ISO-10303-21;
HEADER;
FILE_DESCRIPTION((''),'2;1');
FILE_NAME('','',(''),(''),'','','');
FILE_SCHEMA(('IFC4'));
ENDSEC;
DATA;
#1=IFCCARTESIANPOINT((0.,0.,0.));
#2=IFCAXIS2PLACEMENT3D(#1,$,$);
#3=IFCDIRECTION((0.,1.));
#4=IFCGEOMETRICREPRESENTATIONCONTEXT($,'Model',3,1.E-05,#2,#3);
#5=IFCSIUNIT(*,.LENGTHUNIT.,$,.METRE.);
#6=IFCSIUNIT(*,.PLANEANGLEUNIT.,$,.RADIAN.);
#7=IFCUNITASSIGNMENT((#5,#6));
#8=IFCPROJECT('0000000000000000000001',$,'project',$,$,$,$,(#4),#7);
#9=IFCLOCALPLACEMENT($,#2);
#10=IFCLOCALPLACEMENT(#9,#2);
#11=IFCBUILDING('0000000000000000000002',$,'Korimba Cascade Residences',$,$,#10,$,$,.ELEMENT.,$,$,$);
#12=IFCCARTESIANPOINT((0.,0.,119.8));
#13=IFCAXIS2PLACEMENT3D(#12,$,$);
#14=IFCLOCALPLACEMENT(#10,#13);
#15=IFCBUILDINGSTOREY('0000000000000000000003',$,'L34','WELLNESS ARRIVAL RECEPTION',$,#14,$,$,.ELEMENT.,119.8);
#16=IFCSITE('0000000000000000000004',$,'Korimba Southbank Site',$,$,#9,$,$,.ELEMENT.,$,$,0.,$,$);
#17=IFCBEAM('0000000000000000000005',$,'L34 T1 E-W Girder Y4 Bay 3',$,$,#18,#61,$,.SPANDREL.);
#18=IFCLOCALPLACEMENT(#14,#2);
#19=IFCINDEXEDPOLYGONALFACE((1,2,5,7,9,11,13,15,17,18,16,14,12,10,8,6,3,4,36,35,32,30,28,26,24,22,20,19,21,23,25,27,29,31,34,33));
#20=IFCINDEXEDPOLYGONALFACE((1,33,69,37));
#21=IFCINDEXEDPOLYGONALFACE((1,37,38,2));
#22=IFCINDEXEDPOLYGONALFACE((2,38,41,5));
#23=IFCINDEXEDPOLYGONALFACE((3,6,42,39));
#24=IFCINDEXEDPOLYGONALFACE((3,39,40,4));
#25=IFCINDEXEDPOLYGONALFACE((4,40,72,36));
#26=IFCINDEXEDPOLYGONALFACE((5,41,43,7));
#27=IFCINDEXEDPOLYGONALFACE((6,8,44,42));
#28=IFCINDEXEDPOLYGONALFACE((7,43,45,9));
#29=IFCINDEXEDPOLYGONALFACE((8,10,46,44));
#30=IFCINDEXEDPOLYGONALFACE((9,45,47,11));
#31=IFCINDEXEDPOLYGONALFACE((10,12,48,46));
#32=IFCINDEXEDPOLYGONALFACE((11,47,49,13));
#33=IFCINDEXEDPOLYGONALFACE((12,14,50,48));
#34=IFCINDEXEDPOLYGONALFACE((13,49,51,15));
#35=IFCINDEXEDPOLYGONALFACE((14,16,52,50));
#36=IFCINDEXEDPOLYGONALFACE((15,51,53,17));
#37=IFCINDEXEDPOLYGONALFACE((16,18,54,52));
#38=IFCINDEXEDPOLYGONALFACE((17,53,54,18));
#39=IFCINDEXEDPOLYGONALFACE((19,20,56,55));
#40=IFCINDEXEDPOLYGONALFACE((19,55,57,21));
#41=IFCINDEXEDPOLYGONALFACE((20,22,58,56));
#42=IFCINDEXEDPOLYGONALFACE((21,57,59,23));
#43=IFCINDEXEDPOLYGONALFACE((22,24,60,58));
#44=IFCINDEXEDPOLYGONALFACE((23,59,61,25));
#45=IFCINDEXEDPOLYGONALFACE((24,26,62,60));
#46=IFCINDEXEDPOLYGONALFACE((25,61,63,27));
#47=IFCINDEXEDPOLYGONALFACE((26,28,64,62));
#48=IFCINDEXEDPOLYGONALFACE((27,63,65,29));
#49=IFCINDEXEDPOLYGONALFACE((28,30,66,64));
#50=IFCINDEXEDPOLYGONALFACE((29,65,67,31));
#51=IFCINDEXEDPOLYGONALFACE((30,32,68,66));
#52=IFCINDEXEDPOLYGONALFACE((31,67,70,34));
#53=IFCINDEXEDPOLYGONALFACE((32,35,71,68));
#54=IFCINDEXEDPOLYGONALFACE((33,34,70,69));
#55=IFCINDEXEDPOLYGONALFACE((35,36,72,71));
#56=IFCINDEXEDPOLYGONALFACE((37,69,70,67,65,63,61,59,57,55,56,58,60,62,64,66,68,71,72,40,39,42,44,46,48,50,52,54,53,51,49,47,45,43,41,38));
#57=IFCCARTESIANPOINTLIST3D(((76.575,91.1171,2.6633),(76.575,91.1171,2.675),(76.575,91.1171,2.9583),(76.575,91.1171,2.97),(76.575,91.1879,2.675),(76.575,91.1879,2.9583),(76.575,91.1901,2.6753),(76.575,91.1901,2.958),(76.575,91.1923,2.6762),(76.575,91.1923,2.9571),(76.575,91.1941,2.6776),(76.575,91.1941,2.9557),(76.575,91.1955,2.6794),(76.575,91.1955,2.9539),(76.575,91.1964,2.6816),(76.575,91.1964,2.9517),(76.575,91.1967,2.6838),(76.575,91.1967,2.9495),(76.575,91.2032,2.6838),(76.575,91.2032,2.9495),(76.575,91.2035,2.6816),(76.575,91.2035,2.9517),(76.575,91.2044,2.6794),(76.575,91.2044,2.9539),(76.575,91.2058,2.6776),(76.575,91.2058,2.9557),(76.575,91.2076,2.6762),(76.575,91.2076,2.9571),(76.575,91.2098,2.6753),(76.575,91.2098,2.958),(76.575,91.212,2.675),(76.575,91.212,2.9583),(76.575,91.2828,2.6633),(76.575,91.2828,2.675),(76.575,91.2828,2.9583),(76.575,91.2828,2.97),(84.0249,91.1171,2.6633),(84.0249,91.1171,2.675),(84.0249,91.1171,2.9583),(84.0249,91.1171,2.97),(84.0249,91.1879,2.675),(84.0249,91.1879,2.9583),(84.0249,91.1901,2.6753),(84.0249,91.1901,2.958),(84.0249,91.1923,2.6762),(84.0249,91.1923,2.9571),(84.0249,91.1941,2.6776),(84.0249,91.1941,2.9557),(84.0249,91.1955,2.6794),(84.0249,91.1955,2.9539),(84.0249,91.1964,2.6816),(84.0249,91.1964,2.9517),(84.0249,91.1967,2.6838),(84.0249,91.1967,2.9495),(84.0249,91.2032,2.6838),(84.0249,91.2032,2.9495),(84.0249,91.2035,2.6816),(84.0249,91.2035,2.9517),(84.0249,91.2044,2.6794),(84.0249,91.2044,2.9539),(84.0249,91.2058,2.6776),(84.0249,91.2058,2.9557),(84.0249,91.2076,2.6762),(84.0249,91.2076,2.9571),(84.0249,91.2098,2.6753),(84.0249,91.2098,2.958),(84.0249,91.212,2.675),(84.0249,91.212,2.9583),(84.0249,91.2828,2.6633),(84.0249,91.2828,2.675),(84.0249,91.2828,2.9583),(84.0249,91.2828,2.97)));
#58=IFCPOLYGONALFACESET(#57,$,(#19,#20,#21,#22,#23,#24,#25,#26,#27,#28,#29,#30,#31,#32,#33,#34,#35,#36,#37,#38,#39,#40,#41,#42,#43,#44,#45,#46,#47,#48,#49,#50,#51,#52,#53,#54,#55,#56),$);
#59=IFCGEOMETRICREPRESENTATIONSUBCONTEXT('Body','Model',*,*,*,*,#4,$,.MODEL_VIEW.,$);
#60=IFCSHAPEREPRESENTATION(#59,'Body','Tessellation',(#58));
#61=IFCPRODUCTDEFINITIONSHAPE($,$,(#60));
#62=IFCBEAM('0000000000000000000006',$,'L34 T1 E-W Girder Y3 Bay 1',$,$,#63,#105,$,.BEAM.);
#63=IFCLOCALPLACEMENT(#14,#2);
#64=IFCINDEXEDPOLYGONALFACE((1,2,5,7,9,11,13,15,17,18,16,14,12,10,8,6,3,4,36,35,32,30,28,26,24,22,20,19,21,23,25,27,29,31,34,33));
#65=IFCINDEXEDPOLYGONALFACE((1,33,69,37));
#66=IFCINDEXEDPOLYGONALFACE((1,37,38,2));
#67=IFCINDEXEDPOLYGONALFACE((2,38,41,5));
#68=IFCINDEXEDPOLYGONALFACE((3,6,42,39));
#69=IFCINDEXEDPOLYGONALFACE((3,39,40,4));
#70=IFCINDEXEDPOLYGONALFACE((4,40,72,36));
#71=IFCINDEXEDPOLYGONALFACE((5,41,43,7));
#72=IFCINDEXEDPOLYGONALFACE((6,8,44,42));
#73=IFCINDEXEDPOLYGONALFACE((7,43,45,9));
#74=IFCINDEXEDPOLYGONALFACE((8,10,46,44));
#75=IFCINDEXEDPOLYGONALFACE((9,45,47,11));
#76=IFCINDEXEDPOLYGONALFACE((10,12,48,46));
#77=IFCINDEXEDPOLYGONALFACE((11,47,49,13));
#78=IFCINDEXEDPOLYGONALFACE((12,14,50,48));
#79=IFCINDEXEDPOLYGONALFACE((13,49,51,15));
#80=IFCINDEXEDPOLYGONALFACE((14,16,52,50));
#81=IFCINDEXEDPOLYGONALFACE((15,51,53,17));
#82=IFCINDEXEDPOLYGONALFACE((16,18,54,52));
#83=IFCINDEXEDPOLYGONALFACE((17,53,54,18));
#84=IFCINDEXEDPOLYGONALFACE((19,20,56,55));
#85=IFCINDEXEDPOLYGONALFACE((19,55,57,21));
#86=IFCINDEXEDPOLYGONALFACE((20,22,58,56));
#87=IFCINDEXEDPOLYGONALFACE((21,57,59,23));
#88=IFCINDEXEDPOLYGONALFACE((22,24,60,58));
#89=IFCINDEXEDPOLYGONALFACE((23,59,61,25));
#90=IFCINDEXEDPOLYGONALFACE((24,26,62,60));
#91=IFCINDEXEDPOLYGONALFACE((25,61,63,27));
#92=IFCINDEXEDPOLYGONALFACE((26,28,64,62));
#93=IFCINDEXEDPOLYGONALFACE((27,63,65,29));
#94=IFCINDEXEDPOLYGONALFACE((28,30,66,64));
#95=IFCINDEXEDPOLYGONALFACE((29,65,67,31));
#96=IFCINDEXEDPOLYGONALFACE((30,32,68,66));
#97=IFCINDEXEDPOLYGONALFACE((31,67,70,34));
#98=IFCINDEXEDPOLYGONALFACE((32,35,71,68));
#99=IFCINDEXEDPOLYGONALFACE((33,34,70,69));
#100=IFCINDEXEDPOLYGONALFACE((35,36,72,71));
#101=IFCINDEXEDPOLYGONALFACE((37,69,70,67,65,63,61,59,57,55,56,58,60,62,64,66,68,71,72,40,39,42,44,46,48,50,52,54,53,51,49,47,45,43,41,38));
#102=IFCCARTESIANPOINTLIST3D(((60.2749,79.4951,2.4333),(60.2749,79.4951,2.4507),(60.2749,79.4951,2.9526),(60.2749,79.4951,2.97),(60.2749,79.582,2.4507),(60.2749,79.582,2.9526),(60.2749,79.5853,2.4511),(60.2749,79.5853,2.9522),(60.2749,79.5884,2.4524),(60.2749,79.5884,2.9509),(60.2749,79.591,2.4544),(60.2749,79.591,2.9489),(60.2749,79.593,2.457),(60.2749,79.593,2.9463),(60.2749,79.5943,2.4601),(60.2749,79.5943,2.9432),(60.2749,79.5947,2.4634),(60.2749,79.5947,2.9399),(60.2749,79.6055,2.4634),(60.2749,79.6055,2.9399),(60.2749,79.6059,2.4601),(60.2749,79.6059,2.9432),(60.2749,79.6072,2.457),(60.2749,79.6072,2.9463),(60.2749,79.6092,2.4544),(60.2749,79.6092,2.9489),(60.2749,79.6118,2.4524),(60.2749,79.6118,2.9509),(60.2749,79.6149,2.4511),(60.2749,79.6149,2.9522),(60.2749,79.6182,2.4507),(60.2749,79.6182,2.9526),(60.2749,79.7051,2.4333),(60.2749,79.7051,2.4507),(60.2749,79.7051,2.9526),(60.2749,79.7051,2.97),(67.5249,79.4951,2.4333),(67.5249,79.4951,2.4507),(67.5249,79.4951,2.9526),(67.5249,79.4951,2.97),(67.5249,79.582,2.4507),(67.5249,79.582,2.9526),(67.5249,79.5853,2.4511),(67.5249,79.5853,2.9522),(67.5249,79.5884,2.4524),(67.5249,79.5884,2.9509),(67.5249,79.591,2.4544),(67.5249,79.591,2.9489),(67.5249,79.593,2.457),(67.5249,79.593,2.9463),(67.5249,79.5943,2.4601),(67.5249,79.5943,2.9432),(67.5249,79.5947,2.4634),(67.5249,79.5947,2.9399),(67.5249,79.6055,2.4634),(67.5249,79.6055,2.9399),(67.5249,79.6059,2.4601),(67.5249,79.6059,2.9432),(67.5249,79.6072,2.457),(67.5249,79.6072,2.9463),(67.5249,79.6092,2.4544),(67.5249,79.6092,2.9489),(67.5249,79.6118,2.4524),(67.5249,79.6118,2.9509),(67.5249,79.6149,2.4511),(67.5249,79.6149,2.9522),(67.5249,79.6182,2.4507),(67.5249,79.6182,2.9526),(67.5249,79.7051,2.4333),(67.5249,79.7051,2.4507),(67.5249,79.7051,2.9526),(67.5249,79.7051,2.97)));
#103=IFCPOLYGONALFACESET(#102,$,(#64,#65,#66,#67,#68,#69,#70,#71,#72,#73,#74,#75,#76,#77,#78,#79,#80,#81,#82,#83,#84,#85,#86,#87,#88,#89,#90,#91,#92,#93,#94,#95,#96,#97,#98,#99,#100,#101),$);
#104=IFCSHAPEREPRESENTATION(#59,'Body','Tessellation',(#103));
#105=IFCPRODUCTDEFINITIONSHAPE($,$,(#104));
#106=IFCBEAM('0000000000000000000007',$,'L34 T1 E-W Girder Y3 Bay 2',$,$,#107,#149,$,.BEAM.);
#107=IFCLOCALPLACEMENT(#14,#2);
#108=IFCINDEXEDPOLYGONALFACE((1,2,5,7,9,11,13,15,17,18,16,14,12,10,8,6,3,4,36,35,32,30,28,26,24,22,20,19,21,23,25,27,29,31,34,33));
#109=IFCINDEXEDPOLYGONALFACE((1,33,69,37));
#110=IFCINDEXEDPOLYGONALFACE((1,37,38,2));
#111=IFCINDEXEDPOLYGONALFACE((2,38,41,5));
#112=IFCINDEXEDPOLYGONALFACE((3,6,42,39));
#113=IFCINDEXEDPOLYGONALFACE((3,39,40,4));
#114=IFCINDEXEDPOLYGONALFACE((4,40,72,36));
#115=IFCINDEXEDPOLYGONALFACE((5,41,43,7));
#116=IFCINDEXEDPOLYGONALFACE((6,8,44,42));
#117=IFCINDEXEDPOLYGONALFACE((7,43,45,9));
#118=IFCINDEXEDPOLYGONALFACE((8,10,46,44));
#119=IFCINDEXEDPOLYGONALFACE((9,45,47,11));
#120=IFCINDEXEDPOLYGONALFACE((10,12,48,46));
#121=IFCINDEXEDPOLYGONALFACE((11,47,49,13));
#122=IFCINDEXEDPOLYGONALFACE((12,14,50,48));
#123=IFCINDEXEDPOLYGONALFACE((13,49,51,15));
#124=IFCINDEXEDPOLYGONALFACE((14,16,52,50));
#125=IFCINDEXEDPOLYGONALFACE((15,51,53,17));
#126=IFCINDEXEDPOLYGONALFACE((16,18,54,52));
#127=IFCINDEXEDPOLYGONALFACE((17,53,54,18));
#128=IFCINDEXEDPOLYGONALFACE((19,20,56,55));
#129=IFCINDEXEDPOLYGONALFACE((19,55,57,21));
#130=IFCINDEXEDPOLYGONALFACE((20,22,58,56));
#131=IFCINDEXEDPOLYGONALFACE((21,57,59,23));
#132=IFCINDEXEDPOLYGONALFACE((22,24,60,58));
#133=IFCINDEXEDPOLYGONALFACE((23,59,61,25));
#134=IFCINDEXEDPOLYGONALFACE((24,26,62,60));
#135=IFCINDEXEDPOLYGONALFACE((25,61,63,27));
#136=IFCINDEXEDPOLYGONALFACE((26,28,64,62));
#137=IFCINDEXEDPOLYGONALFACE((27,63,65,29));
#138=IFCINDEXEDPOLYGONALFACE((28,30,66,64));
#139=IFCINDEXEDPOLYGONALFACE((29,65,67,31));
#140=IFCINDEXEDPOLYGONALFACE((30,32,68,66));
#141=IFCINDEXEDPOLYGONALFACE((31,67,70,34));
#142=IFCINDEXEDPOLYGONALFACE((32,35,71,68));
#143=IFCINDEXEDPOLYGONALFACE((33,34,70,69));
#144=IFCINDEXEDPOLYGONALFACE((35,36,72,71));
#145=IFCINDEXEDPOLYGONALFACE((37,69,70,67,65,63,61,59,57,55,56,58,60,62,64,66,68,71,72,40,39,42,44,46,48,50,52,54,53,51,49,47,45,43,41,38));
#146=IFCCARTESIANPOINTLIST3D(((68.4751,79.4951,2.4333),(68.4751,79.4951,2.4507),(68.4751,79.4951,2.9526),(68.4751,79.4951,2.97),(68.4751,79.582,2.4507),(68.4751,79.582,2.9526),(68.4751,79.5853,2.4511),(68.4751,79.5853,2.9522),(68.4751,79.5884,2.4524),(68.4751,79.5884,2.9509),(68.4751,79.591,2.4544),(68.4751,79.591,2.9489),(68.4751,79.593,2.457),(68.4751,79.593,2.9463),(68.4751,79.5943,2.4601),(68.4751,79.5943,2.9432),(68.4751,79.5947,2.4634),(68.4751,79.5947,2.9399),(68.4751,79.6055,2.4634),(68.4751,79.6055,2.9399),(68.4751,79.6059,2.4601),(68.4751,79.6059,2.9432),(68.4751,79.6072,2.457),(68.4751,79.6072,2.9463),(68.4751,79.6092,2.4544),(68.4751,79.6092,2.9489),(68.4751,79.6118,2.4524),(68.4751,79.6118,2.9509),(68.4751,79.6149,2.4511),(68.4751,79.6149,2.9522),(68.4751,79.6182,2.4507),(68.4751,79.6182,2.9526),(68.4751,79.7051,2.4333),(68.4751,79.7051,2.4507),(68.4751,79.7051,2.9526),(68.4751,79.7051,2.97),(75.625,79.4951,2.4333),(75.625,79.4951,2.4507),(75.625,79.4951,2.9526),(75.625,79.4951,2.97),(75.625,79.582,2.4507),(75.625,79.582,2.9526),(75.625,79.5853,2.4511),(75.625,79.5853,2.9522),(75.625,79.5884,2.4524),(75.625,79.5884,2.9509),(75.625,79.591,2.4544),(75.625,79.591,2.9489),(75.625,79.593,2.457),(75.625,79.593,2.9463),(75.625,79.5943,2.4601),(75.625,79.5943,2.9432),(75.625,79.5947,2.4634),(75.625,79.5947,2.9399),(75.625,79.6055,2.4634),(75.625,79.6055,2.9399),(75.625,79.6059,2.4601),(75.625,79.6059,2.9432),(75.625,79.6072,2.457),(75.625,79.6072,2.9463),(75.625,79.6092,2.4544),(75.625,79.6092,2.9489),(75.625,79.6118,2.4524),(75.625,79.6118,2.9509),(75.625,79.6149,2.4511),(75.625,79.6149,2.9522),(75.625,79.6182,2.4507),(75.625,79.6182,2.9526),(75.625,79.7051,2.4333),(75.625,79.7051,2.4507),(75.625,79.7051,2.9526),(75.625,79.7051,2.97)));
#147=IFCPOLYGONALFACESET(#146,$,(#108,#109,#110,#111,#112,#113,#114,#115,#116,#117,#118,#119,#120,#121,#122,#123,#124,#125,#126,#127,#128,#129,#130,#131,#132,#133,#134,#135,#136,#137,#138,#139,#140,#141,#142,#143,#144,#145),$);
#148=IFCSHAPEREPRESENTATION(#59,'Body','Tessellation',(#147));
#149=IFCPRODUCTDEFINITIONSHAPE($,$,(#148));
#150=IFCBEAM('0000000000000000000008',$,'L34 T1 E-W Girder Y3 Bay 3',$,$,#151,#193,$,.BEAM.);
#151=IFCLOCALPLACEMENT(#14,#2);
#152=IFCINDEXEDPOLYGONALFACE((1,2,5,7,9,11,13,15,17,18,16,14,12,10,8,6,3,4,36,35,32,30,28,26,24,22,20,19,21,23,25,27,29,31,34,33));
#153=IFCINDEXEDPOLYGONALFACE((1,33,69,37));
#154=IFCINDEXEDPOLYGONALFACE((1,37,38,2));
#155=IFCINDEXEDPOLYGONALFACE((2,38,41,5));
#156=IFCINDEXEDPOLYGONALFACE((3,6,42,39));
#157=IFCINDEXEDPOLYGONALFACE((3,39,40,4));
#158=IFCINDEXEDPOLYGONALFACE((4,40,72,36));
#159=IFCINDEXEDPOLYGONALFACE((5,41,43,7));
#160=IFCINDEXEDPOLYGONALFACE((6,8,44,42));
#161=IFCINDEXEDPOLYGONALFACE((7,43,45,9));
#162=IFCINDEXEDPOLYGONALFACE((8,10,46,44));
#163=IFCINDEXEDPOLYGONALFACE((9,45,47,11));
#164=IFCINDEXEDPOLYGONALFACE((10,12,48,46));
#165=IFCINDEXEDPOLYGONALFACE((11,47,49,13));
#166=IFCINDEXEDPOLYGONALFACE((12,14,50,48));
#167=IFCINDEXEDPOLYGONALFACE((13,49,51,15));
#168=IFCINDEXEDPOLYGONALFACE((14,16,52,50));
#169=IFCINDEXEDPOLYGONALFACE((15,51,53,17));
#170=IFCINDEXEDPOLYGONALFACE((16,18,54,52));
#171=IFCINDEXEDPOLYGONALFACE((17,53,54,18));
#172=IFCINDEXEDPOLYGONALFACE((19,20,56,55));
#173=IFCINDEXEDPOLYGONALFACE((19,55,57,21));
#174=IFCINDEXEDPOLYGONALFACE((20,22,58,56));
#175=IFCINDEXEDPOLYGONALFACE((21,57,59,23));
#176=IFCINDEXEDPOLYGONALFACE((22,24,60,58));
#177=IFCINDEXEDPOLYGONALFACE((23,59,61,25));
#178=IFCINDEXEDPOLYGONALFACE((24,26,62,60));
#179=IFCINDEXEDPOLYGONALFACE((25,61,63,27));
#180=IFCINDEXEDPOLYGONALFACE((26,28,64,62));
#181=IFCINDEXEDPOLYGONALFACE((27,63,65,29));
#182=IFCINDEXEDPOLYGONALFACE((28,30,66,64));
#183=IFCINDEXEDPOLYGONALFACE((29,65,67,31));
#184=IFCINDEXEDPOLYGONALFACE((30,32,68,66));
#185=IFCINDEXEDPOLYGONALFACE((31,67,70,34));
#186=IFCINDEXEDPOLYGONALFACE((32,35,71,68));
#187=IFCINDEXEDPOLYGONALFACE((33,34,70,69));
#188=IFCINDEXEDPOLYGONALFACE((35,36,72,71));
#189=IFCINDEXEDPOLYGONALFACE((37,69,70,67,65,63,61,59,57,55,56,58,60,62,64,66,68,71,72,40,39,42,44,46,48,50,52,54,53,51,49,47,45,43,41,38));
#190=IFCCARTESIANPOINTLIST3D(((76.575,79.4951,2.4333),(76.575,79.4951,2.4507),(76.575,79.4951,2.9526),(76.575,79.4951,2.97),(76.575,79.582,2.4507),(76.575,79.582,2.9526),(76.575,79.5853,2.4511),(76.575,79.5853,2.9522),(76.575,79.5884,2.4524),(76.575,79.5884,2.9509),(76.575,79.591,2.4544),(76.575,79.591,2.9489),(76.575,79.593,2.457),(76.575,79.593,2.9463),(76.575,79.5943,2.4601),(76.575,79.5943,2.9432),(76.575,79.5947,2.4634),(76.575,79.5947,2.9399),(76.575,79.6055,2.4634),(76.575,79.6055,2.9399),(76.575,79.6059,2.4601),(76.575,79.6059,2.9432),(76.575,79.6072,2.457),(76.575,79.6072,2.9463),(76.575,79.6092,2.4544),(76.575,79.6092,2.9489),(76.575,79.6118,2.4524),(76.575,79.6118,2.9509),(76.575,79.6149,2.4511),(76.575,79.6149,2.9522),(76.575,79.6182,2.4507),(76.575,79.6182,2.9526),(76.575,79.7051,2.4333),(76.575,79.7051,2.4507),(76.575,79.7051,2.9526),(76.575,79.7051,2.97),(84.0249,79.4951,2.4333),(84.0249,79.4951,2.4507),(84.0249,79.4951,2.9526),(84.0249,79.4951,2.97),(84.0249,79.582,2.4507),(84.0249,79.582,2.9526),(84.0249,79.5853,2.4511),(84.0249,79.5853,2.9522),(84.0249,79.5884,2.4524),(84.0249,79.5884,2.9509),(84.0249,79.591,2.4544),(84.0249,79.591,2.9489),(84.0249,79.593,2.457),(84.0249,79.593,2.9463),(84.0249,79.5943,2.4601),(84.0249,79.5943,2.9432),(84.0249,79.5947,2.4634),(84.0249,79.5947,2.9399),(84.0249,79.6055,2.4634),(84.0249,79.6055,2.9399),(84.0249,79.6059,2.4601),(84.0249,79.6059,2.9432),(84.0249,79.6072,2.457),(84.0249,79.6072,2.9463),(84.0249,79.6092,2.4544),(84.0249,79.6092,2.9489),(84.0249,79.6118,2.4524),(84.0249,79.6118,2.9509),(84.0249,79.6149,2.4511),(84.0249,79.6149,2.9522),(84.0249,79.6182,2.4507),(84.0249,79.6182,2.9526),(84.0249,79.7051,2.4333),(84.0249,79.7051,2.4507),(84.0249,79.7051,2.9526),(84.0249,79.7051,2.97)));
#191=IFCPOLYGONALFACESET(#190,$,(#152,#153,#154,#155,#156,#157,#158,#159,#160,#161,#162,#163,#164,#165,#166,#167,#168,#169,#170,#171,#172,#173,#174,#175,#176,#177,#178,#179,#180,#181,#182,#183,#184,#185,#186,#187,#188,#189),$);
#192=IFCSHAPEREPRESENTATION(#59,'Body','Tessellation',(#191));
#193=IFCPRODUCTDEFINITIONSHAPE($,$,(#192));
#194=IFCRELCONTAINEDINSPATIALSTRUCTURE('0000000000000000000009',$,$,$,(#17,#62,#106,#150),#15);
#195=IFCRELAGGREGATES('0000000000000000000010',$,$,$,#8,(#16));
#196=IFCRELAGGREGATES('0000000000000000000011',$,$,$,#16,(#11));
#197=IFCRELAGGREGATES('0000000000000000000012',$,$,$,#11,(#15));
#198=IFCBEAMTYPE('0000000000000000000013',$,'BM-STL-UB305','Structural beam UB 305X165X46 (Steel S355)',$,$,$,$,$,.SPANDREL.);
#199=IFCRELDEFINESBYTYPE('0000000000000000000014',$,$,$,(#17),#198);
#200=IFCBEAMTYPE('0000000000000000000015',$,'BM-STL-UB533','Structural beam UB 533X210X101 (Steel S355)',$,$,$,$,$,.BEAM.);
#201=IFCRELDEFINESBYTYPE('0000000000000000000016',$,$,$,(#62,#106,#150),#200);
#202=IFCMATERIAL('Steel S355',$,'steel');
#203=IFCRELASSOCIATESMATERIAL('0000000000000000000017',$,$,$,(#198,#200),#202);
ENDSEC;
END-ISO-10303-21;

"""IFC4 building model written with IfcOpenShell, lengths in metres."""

from ifc_helpers import new_model, si_unit, direction, frame, origin, origin_2d, place, context, subcontext, project, spatial, i_section, extrude, material, material_profile, profile_set, type_object, element, save


model = new_model("IFC4")

# Units and contexts
model_context = context("Model", 3, precision=1e-05, world=origin(), true_north=direction((0.0, 1.0)))
body_context = subcontext(model_context, "Body", "Model", "MODEL_VIEW")
ifc_project = project(units=[si_unit("LENGTHUNIT", "METRE"), si_unit("PLANEANGLEUNIT", "RADIAN")], contexts=[model_context])

# Site, building, storey
site_placement = place(None, origin())
site = spatial("IfcSite", under=ifc_project, at=site_placement, Name="Korimba Southbank Site", CompositionType="ELEMENT", RefElevation=0.0)
building_placement = place(site_placement, origin())
building = spatial("IfcBuilding", under=site, at=building_placement, Name="Korimba Cascade Residences", CompositionType="ELEMENT")
storey_placement = place(building_placement, frame((0.0, 0.0, 119.8)))
storey = spatial("IfcBuildingStorey", under=building, at=storey_placement, Name="L34", Description="WELLNESS ARRIVAL RECEPTION", CompositionType="ELEMENT", Elevation=119.8)

# Beams
ifc_material_1 = material(Name="Steel S355", Category="steel")
ifc_material_profile_1 = material_profile(ifc_material_1, i_section(OverallWidth=0.1658, OverallDepth=0.3066, WebThickness=0.0066, FlangeThickness=0.0117, FilletRadius=0.0088, at=origin_2d()), Name="Steel S355")
ifc_profile_set_1 = profile_set([ifc_material_profile_1], Name="Steel S355")
beam_type_1 = type_object("IfcBeamType", Name="BM-STL-UB305", Description="Structural beam UB 305X165X46 (Steel S355)", PredefinedType="SPANDREL", material=ifc_profile_set_1)
beam_1_placement = place(storey_placement, frame((76.575, 91.2, 2.8167), z_axis=(1.0, 0.0, 0.0), x_axis=(0.0, 1.0, 0.0)))
element("IfcBeam", 1, at=beam_1_placement, inside=storey, type_object=beam_type_1, Name="L34 T1 E-W Girder Y4 Bay 3", PredefinedType="SPANDREL", context=body_context, shape_type="SweptSolid", body=[
    extrude(i_section(OverallWidth=0.1658, OverallDepth=0.3066, WebThickness=0.0066, FlangeThickness=0.0117, FilletRadius=0.0088, at=origin_2d()), origin(), (0.0, 0.0, 1.0), 7.45),
])
ifc_material_profile_2 = material_profile(ifc_material_1, i_section(OverallWidth=0.21, OverallDepth=0.5366, WebThickness=0.0107, FlangeThickness=0.0173, FilletRadius=0.0127, at=origin_2d()), Name="Steel S355")
ifc_profile_set_2 = profile_set([ifc_material_profile_2], Name="Steel S355")
beam_type_2 = type_object("IfcBeamType", Name="BM-STL-UB533", Description="Structural beam UB 533X210X101 (Steel S355)", PredefinedType="BEAM", material=ifc_profile_set_2)
beam_2_placement = place(storey_placement, frame((60.2749, 79.6001, 2.7017), z_axis=(1.0, 0.0, 0.0), x_axis=(0.0, 1.0, 0.0)))
element("IfcBeam", 2, at=beam_2_placement, inside=storey, type_object=beam_type_2, Name="L34 T1 E-W Girder Y3 Bay 1", PredefinedType="BEAM", context=body_context, shape_type="SweptSolid", body=[
    extrude(i_section(OverallWidth=0.21, OverallDepth=0.5366, WebThickness=0.0107, FlangeThickness=0.0173, FilletRadius=0.0127, at=origin_2d()), origin(), (0.0, 0.0, 1.0), 7.25),
])
beam_3_placement = place(storey_placement, frame((68.4751, 79.6001, 2.7017), z_axis=(1.0, 0.0, 0.0), x_axis=(0.0, 1.0, 0.0)))
element("IfcBeam", 3, at=beam_3_placement, inside=storey, type_object=beam_type_2, Name="L34 T1 E-W Girder Y3 Bay 2", PredefinedType="BEAM", context=body_context, shape_type="SweptSolid", body=[
    extrude(i_section(OverallWidth=0.21, OverallDepth=0.5366, WebThickness=0.0107, FlangeThickness=0.0173, FilletRadius=0.0127, at=origin_2d()), origin(), (0.0, 0.0, 1.0), 7.1499),
])
beam_4_placement = place(storey_placement, frame((76.575, 79.6001, 2.7017), z_axis=(1.0, 0.0, 0.0), x_axis=(0.0, 1.0, 0.0)))
element("IfcBeam", 4, at=beam_4_placement, inside=storey, type_object=beam_type_2, Name="L34 T1 E-W Girder Y3 Bay 3", PredefinedType="BEAM", context=body_context, shape_type="SweptSolid", body=[
    extrude(i_section(OverallWidth=0.21, OverallDepth=0.5366, WebThickness=0.0107, FlangeThickness=0.0173, FilletRadius=0.0127, at=origin_2d()), origin(), (0.0, 0.0, 1.0), 7.45),
])

save(model, "model.ifc")
